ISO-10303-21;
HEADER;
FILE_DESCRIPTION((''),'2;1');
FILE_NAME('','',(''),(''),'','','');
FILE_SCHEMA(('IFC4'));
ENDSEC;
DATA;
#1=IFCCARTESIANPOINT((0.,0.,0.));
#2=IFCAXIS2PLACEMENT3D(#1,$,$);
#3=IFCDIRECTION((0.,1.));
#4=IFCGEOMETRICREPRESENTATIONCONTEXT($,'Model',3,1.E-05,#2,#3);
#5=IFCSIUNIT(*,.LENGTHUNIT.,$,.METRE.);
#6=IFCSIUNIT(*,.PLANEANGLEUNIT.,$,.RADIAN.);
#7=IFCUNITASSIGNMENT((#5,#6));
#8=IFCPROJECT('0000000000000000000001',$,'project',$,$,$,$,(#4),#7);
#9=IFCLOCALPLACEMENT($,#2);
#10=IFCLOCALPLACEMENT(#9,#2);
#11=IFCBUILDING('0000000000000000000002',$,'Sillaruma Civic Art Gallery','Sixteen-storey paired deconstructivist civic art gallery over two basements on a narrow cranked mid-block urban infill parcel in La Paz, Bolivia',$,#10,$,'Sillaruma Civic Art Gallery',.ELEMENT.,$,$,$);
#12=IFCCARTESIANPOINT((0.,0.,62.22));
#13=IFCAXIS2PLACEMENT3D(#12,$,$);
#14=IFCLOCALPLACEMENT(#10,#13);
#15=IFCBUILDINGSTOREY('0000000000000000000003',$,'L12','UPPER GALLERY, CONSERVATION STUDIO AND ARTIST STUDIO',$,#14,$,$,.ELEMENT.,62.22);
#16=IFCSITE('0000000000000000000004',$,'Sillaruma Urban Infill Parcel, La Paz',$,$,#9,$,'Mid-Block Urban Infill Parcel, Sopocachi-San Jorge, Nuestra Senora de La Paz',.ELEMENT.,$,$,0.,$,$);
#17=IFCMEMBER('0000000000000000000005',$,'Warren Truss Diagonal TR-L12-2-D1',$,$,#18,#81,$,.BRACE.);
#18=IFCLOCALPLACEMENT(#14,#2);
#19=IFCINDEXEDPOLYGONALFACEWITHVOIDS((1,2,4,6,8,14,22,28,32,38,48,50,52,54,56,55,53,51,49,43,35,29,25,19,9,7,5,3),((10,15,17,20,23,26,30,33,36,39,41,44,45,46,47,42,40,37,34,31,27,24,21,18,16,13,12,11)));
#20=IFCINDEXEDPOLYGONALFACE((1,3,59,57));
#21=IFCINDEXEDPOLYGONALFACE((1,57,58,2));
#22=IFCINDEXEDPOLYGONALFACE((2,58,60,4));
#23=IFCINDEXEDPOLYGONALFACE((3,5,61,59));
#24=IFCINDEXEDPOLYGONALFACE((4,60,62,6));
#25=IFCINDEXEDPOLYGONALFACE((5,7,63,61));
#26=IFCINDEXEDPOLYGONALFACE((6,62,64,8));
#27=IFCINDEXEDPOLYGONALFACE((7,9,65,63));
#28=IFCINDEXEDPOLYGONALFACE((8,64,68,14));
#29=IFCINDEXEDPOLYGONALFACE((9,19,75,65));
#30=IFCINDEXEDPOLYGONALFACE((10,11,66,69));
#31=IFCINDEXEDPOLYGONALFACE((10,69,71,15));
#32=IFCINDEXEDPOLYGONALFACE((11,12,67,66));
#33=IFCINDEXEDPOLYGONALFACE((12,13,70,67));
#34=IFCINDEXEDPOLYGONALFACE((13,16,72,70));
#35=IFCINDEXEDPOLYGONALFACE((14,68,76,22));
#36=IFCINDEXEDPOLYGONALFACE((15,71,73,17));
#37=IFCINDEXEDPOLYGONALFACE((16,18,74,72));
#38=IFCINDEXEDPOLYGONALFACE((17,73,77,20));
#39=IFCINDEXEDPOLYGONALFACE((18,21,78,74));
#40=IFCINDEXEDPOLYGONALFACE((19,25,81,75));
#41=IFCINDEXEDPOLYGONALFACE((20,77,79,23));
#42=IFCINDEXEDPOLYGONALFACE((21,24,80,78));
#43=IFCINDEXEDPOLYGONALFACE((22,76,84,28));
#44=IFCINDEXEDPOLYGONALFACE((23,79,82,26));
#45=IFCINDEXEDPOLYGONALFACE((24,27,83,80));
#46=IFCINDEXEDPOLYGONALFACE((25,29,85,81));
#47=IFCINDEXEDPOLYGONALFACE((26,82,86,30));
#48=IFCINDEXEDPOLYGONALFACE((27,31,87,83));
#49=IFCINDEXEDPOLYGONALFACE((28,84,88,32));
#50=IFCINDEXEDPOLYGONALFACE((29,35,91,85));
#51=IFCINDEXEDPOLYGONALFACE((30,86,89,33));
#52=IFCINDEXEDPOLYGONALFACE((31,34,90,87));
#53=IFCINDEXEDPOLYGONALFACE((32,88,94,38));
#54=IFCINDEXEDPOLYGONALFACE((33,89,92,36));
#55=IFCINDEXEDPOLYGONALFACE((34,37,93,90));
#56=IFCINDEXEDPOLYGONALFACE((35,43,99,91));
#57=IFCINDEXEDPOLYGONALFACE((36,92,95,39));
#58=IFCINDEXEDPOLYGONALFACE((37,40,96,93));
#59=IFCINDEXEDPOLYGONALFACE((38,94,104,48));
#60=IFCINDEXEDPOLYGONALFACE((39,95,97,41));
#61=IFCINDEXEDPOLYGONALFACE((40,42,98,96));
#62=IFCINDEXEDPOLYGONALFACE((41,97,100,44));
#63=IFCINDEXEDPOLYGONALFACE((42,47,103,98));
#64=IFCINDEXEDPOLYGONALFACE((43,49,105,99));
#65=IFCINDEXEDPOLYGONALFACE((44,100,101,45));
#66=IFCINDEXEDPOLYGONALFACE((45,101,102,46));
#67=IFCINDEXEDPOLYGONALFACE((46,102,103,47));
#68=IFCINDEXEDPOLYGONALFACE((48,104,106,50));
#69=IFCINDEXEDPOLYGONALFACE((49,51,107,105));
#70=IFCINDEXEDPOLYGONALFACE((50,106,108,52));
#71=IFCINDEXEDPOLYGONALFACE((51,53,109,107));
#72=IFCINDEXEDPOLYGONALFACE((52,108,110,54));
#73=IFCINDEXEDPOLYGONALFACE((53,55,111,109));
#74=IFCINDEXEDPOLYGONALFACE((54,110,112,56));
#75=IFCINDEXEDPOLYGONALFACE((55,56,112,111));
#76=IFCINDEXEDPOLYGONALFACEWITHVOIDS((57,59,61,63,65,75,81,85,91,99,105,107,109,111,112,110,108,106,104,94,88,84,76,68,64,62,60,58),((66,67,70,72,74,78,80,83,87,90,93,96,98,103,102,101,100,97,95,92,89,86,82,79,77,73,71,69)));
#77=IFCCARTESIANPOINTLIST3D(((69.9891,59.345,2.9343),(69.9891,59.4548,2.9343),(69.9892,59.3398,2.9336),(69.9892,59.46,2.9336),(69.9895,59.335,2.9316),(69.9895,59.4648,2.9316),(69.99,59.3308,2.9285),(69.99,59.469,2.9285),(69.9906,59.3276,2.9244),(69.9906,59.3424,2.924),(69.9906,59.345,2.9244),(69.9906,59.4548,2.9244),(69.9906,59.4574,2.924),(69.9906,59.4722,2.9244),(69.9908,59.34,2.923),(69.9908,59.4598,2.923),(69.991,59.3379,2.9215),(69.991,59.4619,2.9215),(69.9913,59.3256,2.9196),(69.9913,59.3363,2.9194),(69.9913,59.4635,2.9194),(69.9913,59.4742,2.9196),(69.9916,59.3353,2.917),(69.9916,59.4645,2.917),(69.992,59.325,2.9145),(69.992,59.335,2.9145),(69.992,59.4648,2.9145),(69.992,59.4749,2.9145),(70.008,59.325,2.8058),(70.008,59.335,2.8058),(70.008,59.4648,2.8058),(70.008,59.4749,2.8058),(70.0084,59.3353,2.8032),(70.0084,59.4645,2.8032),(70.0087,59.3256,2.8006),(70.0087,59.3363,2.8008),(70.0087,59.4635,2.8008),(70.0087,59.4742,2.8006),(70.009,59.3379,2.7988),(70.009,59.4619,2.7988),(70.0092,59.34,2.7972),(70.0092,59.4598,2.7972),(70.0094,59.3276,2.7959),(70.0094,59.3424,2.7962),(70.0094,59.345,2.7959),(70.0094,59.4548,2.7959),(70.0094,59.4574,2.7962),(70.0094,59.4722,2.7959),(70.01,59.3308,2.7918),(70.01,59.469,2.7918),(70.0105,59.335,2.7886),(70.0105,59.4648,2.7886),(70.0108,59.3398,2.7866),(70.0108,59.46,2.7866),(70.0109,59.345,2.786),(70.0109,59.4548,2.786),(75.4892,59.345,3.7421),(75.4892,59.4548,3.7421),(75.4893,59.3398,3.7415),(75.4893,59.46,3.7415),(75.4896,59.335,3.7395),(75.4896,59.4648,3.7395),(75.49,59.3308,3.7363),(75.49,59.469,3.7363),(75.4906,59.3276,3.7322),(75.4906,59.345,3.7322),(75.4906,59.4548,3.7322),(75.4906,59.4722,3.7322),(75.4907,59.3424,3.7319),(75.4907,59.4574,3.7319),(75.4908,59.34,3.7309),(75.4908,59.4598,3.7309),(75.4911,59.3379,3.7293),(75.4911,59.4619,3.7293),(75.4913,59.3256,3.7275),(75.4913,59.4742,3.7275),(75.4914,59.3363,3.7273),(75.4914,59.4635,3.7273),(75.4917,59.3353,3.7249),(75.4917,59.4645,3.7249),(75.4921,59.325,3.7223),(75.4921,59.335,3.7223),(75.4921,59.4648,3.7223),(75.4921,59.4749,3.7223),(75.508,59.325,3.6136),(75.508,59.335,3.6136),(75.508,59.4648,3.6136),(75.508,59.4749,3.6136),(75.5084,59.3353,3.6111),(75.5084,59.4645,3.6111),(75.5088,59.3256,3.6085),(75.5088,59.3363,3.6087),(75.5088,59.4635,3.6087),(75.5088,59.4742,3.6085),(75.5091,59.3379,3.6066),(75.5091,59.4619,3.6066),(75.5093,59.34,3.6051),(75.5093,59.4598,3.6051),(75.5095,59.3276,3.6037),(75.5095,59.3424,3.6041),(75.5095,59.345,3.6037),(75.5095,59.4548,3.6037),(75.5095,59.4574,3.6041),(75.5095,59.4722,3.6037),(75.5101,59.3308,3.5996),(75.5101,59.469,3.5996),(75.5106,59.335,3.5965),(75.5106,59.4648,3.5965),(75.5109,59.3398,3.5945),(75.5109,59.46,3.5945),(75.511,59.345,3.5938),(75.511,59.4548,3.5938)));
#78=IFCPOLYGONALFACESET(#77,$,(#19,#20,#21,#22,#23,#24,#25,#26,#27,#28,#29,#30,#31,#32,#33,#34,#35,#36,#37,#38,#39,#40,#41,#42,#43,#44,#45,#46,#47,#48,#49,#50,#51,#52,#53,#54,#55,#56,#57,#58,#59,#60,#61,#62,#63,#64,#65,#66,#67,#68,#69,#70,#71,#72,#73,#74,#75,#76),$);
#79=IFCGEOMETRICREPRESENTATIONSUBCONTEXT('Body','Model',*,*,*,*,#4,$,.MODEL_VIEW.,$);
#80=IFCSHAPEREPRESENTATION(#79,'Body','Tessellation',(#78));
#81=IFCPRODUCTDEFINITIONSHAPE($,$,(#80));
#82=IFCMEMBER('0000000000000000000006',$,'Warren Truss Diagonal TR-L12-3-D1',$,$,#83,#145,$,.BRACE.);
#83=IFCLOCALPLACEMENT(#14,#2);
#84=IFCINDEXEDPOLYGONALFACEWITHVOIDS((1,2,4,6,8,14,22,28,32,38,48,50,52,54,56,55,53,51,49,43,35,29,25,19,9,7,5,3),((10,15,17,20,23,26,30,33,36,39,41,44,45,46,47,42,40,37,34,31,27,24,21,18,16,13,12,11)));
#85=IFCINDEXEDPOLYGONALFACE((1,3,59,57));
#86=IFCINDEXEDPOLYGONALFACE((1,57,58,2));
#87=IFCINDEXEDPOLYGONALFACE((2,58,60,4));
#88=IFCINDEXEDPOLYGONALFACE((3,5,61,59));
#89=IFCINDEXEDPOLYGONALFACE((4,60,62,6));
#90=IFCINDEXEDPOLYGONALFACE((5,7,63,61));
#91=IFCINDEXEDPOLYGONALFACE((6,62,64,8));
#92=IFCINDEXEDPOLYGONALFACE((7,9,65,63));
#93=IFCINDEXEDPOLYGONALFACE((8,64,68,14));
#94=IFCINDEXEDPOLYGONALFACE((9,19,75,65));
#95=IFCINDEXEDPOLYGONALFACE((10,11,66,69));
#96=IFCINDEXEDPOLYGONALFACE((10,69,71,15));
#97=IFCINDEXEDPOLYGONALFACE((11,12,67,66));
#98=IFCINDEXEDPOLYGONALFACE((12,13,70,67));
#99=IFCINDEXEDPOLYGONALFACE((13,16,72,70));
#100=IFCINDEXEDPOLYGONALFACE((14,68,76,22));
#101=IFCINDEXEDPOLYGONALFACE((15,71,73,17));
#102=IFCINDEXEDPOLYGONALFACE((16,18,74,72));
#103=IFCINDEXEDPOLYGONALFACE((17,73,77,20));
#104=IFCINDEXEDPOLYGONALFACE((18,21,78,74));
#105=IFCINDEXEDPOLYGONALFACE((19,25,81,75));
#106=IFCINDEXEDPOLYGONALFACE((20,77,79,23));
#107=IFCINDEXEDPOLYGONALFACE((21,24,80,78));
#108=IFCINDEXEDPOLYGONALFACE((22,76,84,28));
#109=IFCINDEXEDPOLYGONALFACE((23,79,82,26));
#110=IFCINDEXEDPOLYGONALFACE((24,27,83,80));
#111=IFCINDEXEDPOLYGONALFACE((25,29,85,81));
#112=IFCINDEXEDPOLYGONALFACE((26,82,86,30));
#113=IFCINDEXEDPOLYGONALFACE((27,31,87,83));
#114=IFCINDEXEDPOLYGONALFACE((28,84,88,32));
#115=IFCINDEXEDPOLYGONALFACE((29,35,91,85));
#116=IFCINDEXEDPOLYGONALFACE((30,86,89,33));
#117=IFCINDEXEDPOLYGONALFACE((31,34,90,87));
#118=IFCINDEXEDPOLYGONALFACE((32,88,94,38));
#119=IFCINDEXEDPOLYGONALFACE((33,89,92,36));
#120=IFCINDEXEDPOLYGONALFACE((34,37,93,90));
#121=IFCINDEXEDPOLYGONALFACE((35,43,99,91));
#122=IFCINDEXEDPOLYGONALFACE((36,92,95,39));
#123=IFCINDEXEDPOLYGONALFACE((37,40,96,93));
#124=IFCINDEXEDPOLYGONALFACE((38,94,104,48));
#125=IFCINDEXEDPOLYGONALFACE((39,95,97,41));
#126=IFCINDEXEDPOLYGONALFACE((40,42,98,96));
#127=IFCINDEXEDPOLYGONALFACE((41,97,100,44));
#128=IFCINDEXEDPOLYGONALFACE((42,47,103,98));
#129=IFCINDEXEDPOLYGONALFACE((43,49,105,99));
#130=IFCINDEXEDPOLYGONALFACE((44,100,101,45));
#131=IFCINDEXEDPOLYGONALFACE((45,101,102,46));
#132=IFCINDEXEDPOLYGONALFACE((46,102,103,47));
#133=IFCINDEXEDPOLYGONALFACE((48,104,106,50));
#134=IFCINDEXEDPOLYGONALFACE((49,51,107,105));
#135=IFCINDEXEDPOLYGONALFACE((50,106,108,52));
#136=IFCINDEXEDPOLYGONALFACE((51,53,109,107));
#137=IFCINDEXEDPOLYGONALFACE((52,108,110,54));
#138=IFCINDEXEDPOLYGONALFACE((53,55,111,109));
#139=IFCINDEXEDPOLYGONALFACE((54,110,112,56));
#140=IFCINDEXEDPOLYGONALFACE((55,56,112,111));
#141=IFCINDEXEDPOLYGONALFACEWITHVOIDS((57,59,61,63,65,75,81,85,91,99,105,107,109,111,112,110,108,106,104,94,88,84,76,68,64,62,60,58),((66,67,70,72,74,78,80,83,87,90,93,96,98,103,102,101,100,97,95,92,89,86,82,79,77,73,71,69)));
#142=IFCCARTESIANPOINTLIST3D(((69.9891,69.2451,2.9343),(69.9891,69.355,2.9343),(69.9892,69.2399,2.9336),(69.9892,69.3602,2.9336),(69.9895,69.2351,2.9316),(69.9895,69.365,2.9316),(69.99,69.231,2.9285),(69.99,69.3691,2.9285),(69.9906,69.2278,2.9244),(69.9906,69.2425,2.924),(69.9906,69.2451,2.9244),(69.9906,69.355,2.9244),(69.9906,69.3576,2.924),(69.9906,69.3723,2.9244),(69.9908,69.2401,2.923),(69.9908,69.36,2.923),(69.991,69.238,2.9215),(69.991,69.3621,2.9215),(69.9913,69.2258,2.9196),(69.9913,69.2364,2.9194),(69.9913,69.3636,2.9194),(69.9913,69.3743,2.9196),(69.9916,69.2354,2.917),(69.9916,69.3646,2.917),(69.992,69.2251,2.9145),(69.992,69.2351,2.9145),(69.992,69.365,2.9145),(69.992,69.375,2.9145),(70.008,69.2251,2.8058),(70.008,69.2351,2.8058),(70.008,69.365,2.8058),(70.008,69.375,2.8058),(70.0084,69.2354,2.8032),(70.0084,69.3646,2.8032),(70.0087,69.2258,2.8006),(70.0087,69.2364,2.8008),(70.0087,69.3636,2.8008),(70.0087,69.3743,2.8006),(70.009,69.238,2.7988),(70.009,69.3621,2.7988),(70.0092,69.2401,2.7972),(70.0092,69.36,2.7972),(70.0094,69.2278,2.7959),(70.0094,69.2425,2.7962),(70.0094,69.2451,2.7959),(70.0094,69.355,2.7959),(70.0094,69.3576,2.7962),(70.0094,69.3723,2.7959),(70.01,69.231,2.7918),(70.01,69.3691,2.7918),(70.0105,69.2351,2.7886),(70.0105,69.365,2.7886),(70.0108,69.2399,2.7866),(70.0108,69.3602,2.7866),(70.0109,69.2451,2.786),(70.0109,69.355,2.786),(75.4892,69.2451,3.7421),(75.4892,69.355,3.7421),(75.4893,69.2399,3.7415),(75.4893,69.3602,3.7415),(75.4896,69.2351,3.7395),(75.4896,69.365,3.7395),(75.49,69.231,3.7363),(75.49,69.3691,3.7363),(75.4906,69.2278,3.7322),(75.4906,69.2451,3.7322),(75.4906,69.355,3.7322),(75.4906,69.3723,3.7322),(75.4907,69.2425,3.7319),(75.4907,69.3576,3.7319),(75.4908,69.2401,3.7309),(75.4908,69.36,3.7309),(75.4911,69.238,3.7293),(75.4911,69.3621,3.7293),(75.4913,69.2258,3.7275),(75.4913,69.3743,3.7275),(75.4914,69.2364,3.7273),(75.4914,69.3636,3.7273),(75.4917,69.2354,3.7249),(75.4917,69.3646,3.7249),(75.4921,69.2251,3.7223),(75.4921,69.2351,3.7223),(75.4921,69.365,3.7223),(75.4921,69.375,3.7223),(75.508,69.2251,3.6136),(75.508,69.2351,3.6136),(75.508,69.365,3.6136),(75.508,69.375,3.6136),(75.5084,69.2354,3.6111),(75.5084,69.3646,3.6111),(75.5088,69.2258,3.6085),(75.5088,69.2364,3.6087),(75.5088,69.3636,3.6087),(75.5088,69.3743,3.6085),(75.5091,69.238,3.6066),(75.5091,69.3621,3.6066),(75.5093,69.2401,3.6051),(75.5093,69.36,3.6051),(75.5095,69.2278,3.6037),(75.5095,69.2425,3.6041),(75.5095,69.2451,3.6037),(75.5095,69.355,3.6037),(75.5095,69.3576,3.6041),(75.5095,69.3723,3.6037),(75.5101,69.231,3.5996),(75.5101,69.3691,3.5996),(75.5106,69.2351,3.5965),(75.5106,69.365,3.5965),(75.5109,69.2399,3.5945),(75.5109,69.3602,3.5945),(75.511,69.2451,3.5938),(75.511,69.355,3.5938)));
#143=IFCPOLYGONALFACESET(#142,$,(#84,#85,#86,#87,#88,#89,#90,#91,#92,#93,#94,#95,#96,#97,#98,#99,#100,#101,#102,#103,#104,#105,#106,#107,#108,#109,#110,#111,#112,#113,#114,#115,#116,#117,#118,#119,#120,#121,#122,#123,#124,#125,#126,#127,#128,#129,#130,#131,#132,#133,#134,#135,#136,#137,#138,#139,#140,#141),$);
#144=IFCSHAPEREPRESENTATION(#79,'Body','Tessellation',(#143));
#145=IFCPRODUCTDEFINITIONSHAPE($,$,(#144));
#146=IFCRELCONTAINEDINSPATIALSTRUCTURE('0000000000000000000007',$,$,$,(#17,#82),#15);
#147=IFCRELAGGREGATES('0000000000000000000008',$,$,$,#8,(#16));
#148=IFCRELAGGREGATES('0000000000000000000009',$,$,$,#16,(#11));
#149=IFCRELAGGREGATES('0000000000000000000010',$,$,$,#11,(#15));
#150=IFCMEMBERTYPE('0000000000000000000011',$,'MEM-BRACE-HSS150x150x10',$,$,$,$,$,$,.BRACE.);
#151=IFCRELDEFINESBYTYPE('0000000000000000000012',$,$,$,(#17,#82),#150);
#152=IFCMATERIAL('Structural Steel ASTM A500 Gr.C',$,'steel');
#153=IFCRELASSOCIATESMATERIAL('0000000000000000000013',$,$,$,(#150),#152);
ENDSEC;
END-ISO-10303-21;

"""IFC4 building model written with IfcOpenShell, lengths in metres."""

from ifc_helpers import new_model, si_unit, direction, frame, origin, origin_2d, place, context, subcontext, project, spatial, hollow_rectangle, extrude, material, material_profile, profile_set, type_object, element, save


model = new_model("IFC4")

# Units and contexts
model_context = context("Model", 3, precision=1e-05, world=origin(), true_north=direction((0.0, 1.0)))
body_context = subcontext(model_context, "Body", "Model", "MODEL_VIEW")
ifc_project = project(units=[si_unit("LENGTHUNIT", "METRE"), si_unit("PLANEANGLEUNIT", "RADIAN")], contexts=[model_context])

# Site, building, storey
site_placement = place(None, origin())
site = spatial("IfcSite", under=ifc_project, at=site_placement, Name="Sillaruma Urban Infill Parcel, La Paz", LongName="Mid-Block Urban Infill Parcel, Sopocachi-San Jorge, Nuestra Senora de La Paz", CompositionType="ELEMENT", RefElevation=0.0)
building_placement = place(site_placement, origin())
building = spatial("IfcBuilding", under=site, at=building_placement, Name="Sillaruma Civic Art Gallery", Description="Sixteen-storey paired deconstructivist civic art gallery over two basements on a narrow cranked mid-block urban infill parcel in La Paz, Bolivia", LongName="Sillaruma Civic Art Gallery", CompositionType="ELEMENT")
storey_placement = place(building_placement, frame((0.0, 0.0, 62.22)))
storey = spatial("IfcBuildingStorey", under=building, at=storey_placement, Name="L12", Description="UPPER GALLERY, CONSERVATION STUDIO AND ARTIST STUDIO", CompositionType="ELEMENT", Elevation=62.22)

# Members
ifc_material_1 = material(Name="Structural Steel ASTM A500 Gr.C", Category="steel")
ifc_material_profile_1 = material_profile(ifc_material_1, hollow_rectangle(XDim=0.1499, YDim=0.1499, WallThickness=0.01, InnerFilletRadius=0.01, OuterFilletRadius=0.02, at=origin_2d()), Name="HSS150x150x10")
ifc_profile_set_1 = profile_set([ifc_material_profile_1], Name="Structural Steel ASTM A500 Gr.C")
member_type_1 = type_object("IfcMemberType", Name="MEM-BRACE-HSS150x150x10", PredefinedType="BRACE", material=ifc_profile_set_1)
for number, where, z_axis, x_axis, name in (
    (1, (70.0, 59.3999, 2.8601), (0.989384, 0.0, 0.145325), (0.0, 1.0, 0.0), "Warren Truss Diagonal TR-L12-2-D1"),
    (2, (70.0, 69.3, 2.8601), (0.989384, 0.0, 0.145325), (0.0, 1.0, 0.0), "Warren Truss Diagonal TR-L12-3-D1"),
):
    element("IfcMember", number, at=place(storey_placement, frame(where, z_axis=z_axis, x_axis=x_axis)), inside=storey, type_object=member_type_1, Name=name, PredefinedType="BRACE", context=body_context, shape_type="SweptSolid", body=[
        extrude(hollow_rectangle(XDim=0.1499, YDim=0.1499, WallThickness=0.01, InnerFilletRadius=0.01, OuterFilletRadius=0.02, at=origin_2d()), origin(), (0.0, 0.0, 1.0), 5.5591),
    ])

save(model, "model.ifc")
